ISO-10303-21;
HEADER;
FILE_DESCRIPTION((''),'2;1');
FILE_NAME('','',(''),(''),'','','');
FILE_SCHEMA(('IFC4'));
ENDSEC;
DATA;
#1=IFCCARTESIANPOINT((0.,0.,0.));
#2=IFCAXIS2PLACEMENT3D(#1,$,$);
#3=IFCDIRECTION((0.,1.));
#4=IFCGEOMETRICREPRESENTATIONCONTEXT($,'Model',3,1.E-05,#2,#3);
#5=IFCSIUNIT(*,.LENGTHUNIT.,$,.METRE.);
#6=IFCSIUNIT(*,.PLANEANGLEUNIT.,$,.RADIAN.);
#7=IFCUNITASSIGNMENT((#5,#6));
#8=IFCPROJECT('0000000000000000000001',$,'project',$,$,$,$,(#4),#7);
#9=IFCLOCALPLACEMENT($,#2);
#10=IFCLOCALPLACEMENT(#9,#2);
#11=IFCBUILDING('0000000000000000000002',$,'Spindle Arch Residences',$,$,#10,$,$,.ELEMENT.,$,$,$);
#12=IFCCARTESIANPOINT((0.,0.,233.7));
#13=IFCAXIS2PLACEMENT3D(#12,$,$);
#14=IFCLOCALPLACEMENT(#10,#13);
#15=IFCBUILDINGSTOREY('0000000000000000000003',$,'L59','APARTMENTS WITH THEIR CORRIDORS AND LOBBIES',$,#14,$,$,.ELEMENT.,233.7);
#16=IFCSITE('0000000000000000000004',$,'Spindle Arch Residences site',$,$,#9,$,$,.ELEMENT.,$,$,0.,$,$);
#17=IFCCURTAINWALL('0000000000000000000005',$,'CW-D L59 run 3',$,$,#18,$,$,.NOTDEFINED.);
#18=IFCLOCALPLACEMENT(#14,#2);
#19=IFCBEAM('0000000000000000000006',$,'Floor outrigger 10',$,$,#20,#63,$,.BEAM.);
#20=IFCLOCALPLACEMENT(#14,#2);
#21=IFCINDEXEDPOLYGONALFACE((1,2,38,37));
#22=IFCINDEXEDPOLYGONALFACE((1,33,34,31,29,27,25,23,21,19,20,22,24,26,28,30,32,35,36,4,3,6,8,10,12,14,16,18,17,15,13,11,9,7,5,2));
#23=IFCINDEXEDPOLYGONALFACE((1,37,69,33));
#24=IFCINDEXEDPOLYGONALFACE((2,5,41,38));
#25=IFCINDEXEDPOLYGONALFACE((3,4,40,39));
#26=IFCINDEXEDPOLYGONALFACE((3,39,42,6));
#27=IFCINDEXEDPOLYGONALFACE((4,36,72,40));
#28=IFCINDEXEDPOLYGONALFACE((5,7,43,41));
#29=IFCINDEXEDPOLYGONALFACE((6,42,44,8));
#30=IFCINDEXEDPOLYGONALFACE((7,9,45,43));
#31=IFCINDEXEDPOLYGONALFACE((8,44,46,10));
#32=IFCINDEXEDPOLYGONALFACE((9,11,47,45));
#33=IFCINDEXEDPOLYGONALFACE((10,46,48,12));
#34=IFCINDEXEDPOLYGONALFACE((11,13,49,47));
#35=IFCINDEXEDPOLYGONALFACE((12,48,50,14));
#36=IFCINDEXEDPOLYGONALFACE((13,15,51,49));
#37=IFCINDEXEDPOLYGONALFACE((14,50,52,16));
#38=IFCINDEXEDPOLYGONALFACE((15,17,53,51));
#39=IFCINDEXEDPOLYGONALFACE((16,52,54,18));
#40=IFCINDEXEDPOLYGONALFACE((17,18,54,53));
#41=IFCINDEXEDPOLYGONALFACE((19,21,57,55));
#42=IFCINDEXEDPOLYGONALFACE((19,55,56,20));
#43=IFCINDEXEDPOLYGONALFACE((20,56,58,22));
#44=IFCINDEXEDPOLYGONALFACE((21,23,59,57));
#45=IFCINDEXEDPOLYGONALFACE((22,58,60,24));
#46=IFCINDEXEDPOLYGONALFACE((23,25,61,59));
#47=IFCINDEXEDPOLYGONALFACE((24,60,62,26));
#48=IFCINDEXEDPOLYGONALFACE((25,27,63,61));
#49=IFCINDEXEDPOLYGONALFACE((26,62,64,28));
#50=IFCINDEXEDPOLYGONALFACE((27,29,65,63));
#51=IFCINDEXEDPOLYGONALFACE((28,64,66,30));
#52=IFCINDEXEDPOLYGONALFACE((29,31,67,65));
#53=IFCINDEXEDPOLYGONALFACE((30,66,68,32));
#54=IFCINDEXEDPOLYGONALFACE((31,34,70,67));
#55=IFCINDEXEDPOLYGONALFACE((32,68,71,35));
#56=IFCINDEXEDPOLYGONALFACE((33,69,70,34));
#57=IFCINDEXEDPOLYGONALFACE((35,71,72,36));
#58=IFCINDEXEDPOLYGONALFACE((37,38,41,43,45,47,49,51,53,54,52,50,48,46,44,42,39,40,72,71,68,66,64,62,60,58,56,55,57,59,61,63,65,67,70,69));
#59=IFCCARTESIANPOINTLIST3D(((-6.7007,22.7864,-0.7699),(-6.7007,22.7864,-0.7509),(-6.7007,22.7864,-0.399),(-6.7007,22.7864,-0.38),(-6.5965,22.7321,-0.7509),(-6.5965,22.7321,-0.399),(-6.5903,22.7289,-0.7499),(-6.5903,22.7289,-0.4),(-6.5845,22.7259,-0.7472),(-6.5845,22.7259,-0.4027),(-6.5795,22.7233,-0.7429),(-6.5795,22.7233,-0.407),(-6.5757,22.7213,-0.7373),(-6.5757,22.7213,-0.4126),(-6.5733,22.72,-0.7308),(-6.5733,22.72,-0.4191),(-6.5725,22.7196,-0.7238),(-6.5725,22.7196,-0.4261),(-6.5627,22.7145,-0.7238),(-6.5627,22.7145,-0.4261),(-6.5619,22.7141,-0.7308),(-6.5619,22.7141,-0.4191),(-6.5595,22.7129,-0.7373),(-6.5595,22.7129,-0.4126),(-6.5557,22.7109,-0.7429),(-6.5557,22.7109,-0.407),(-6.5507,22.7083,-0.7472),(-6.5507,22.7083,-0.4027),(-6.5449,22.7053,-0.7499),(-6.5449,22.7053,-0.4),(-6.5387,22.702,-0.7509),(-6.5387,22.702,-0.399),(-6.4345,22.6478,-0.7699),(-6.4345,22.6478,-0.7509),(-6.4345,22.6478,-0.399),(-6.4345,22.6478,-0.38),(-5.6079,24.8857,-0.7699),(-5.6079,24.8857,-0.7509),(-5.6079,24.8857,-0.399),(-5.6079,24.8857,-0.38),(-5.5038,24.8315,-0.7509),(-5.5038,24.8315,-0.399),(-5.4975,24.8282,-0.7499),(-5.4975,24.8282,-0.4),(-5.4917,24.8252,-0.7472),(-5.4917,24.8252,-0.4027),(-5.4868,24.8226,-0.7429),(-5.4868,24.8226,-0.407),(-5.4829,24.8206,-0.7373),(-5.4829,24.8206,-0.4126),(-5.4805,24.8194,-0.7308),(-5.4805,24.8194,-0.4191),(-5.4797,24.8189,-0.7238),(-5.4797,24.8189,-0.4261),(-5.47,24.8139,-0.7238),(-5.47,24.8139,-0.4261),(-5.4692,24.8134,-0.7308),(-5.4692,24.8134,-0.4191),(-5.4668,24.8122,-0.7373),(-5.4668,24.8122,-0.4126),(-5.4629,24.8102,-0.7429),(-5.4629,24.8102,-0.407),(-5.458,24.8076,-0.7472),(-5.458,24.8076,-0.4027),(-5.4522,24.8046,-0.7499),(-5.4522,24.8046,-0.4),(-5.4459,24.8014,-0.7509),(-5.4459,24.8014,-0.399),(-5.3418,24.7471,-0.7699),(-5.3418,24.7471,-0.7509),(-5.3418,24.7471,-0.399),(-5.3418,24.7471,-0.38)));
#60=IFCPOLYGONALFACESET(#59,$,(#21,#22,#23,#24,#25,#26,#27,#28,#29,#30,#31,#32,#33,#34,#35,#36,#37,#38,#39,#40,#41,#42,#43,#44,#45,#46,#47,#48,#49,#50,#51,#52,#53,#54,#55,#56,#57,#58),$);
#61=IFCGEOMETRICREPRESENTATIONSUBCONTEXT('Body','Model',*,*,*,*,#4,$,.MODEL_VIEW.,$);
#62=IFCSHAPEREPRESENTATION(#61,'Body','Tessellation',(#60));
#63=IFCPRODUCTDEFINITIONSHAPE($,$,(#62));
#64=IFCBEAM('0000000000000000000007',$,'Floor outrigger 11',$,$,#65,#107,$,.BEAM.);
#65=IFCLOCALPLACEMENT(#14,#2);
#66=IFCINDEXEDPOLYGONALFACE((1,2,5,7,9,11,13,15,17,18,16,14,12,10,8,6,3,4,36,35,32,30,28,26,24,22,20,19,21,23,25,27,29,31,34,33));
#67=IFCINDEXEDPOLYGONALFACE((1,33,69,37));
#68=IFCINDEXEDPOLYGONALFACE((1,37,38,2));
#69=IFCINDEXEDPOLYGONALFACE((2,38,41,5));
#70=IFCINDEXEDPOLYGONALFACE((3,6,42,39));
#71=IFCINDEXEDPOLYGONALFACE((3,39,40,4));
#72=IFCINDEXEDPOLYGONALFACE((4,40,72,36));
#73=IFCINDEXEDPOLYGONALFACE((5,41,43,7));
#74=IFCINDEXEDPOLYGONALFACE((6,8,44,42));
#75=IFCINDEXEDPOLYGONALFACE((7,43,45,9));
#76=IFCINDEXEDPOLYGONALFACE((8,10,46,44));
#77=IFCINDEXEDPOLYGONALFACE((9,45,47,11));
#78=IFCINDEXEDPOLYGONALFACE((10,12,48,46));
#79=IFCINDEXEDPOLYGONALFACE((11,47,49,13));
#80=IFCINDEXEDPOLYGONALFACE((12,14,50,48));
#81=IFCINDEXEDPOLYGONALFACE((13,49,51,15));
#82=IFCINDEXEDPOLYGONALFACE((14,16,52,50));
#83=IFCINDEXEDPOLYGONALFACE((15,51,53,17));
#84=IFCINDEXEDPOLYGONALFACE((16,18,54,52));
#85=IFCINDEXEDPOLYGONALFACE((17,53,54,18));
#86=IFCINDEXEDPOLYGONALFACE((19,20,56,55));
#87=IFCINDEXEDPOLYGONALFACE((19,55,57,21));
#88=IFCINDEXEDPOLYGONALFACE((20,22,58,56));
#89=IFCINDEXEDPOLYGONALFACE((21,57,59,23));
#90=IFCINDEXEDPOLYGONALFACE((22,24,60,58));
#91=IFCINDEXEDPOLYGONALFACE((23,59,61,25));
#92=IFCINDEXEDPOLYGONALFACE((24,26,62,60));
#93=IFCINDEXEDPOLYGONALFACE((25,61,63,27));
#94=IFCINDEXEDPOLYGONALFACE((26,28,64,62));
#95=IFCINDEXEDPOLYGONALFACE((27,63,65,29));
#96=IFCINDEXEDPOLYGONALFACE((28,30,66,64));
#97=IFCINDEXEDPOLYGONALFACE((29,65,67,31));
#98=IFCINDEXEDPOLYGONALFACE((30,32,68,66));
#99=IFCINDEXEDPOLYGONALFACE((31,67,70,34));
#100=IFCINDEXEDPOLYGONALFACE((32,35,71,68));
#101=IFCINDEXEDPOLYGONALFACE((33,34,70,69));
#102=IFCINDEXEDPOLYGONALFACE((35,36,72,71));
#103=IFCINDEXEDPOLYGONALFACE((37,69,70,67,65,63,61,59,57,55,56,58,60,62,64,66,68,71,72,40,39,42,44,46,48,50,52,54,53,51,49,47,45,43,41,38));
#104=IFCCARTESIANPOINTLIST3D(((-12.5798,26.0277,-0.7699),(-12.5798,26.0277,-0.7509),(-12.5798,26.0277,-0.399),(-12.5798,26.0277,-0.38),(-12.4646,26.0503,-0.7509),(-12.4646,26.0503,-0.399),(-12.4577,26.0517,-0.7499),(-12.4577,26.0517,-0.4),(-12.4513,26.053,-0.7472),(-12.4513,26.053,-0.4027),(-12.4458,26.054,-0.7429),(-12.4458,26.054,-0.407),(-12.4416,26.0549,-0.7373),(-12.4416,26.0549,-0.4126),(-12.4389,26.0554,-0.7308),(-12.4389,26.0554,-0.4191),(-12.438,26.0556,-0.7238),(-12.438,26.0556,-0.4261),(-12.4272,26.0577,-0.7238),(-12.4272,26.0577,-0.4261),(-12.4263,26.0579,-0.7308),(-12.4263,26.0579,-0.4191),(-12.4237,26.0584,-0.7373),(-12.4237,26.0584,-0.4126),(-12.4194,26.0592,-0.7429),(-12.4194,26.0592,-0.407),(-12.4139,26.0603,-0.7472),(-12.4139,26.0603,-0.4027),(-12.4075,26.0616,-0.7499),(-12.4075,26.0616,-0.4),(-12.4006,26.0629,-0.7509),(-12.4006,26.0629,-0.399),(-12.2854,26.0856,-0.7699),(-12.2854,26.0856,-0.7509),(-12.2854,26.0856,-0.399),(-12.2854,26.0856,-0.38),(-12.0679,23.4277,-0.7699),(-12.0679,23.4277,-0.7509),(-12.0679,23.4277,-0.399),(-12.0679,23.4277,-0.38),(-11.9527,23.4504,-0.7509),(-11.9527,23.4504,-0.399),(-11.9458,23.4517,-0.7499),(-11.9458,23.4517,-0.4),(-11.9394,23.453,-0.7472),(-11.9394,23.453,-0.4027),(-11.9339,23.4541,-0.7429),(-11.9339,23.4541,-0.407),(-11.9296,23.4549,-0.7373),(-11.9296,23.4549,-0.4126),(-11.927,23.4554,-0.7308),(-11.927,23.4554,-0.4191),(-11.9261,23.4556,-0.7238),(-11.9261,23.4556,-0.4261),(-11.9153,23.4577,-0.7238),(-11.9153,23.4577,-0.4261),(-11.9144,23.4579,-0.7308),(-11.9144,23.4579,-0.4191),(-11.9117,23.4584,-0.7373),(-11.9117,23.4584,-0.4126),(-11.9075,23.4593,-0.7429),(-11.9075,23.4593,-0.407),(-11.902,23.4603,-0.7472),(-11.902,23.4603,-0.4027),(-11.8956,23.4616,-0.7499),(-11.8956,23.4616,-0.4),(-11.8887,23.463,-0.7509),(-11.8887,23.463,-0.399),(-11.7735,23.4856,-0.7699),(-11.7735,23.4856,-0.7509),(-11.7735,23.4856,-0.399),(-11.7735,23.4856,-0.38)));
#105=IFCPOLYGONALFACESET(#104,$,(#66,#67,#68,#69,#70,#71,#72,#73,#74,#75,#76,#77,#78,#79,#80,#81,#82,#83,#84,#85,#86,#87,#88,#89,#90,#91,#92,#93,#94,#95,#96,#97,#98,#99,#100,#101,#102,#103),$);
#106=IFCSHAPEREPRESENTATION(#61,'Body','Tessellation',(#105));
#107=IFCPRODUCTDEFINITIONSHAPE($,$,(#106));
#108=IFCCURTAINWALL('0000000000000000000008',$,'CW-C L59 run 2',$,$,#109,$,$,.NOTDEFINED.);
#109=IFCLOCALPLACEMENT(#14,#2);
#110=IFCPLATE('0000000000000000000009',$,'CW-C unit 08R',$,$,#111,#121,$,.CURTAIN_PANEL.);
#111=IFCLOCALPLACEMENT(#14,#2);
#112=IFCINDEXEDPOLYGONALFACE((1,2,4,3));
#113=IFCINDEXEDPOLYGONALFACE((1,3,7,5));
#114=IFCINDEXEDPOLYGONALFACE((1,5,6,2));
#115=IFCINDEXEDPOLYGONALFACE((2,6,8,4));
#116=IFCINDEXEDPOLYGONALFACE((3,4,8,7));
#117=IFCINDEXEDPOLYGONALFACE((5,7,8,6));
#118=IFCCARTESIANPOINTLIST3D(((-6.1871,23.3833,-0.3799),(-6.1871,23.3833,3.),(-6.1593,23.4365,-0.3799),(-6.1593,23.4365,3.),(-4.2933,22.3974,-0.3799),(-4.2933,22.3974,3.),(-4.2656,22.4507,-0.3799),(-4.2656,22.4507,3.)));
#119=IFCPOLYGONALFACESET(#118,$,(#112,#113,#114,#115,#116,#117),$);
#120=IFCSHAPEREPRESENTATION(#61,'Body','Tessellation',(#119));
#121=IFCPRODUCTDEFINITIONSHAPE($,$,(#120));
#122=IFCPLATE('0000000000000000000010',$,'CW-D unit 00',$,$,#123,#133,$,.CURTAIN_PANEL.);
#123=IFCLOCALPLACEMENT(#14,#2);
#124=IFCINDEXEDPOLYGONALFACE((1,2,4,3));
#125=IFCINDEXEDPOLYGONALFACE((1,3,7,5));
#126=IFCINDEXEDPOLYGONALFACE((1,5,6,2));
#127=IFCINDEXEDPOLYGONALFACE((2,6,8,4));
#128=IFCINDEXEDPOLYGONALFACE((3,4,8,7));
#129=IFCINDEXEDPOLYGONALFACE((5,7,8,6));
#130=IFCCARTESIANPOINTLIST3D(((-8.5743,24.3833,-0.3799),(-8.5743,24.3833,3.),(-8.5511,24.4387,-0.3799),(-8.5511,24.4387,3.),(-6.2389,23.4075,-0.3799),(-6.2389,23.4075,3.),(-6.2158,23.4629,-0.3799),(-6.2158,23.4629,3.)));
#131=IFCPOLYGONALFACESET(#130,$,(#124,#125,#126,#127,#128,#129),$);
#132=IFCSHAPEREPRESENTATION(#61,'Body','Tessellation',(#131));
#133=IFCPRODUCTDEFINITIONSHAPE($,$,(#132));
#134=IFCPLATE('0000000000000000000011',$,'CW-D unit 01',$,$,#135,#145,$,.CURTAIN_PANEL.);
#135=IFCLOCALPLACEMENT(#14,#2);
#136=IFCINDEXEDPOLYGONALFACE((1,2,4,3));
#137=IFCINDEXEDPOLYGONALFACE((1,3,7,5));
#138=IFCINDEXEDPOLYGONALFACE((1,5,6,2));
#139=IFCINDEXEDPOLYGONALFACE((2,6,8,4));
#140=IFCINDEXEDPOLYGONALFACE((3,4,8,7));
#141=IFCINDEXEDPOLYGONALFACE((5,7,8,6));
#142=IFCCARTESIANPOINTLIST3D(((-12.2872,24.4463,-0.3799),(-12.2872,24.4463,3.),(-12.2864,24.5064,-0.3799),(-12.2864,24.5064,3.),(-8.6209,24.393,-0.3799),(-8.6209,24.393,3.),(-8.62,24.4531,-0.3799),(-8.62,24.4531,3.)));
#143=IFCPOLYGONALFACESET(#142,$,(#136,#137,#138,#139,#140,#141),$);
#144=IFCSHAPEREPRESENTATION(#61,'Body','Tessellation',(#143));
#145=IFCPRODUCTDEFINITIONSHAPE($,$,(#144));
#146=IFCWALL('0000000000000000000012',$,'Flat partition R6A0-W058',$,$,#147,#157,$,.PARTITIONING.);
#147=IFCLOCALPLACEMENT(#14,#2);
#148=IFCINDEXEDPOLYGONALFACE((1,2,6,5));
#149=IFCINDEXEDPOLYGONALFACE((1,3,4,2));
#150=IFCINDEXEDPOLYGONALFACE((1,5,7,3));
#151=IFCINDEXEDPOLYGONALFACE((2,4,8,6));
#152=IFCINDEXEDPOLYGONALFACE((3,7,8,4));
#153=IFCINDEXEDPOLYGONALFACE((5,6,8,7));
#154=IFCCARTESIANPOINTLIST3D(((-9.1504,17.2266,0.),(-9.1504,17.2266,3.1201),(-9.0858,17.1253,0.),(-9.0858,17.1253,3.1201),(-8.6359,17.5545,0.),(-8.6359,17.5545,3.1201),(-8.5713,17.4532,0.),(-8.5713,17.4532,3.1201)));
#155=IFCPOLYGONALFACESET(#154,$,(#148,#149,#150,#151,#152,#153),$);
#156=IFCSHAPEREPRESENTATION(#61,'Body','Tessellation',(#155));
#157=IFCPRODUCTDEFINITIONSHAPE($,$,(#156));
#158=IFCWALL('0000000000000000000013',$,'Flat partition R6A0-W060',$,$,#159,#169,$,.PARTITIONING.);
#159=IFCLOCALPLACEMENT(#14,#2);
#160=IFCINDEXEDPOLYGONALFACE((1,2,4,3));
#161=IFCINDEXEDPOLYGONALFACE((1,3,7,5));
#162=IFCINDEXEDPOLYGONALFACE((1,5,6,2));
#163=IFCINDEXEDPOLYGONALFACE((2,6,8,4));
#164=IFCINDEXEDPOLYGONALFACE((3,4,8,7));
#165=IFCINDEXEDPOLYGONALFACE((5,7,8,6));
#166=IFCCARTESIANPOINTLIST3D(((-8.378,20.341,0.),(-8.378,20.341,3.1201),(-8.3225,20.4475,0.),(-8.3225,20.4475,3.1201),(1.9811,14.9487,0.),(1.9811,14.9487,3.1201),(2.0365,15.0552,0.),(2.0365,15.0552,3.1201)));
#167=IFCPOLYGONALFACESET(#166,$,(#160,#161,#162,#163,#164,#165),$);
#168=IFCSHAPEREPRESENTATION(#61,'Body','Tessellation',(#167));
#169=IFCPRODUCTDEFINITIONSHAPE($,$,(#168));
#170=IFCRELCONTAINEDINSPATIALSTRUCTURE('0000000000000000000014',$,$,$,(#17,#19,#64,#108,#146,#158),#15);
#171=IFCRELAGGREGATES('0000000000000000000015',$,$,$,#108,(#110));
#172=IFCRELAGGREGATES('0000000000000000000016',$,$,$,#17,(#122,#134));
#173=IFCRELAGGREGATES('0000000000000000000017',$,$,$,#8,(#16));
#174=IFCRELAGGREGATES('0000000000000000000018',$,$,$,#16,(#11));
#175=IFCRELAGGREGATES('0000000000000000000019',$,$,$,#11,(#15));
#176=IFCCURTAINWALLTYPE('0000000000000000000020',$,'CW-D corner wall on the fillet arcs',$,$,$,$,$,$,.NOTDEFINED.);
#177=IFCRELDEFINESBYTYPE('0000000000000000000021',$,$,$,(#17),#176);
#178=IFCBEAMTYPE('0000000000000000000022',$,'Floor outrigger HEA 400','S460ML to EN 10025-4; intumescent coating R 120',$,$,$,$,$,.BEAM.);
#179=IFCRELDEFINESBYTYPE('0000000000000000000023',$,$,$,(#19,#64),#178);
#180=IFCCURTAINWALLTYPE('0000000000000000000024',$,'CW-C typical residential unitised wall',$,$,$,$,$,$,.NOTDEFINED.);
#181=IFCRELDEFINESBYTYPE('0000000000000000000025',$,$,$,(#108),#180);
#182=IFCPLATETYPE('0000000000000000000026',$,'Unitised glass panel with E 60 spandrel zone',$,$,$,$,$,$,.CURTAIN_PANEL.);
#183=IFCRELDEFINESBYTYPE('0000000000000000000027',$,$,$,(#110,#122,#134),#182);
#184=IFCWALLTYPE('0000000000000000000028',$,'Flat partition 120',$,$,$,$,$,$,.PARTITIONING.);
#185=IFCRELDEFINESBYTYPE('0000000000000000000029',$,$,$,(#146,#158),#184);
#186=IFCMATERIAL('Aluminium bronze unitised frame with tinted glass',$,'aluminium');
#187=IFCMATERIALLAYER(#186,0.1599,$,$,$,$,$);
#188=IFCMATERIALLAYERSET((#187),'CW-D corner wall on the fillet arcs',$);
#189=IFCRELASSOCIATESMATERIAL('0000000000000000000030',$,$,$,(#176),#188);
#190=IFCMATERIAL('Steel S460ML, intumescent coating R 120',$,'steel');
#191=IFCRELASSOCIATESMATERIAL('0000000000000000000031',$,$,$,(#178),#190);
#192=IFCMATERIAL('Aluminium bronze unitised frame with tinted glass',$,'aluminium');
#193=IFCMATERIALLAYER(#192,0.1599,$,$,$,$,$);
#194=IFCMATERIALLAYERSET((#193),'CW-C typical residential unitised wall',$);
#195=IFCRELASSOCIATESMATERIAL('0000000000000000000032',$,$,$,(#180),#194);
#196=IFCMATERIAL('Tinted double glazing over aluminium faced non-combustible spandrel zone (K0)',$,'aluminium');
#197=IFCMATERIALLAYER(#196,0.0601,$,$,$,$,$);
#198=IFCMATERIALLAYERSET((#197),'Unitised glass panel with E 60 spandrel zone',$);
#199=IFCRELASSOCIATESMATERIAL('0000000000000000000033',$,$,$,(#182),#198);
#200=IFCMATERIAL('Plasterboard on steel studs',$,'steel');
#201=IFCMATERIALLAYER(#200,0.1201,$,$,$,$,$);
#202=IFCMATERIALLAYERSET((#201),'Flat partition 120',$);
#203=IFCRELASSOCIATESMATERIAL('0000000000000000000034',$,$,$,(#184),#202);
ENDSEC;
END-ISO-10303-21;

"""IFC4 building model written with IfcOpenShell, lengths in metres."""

from ifc_helpers import new_model, si_unit, direction, frame, frame_2d, origin, origin_2d, place, context, subcontext, project, spatial, rectangle, i_section, extrude, material, layer, layer_set, material_profile, profile_set, type_object, element, aggregate, save


model = new_model("IFC4")

# Units and contexts
model_context = context("Model", 3, precision=1e-05, world=origin(), true_north=direction((0.0, 1.0)))
body_context = subcontext(model_context, "Body", "Model", "MODEL_VIEW")
ifc_project = project(units=[si_unit("LENGTHUNIT", "METRE"), si_unit("PLANEANGLEUNIT", "RADIAN")], contexts=[model_context])

# Site, building, storey
site_placement = place(None, origin())
site = spatial("IfcSite", under=ifc_project, at=site_placement, Name="Spindle Arch Residences site", CompositionType="ELEMENT", RefElevation=0.0)
building_placement = place(site_placement, origin())
building = spatial("IfcBuilding", under=site, at=building_placement, Name="Spindle Arch Residences", CompositionType="ELEMENT")
storey_placement = place(building_placement, frame((0.0, 0.0, 233.7)))
storey = spatial("IfcBuildingStorey", under=building, at=storey_placement, Name="L59", Description="APARTMENTS WITH THEIR CORRIDORS AND LOBBIES", CompositionType="ELEMENT", Elevation=233.7)

# Curtain wall
ifc_material_1 = material(Name="Aluminium bronze unitised frame with tinted glass", Category="aluminium")
ifc_layer_1 = layer(ifc_material_1, 0.1599)
ifc_layer_set_1 = layer_set([ifc_layer_1], Name="CW-D corner wall on the fillet arcs")
curtain_wall_type_1 = type_object("IfcCurtainWallType", Name="CW-D corner wall on the fillet arcs", PredefinedType="NOTDEFINED", material=ifc_layer_set_1)
curtain_wall_1_placement = place(storey_placement, origin())
curtain_wall_1 = element("IfcCurtainWall", 1, at=curtain_wall_1_placement, inside=storey, type_object=curtain_wall_type_1, Name="CW-D L59 run 3", PredefinedType="NOTDEFINED")

# Beams
ifc_material_2 = material(Name="Steel S460ML, intumescent coating R 120", Category="steel")
ifc_material_profile_1 = material_profile(ifc_material_2, i_section(OverallWidth=0.3, OverallDepth=0.3899, WebThickness=0.011, FlangeThickness=0.019, FilletRadius=0.0271, at=origin_2d()), Name="HEA 400")
ifc_profile_set_1 = profile_set([ifc_material_profile_1], Name="Steel S460ML, intumescent coating R 120")
beam_type_1 = type_object("IfcBeamType", Name="Floor outrigger HEA 400", Description="S460ML to EN 10025-4; intumescent coating R 120", PredefinedType="BEAM", material=ifc_profile_set_1)
beam_1_placement = place(storey_placement, frame((-5.4749, 24.8164, -0.575), z_axis=(-0.46172, -0.887026, 0.0), x_axis=(0.887026, -0.46172, 0.0)))
element("IfcBeam", 2, at=beam_1_placement, inside=storey, type_object=beam_type_1, Name="Floor outrigger 10", PredefinedType="BEAM", context=body_context, shape_type="SweptSolid", body=[
    extrude(i_section(OverallWidth=0.3, OverallDepth=0.3899, WebThickness=0.011, FlangeThickness=0.019, FilletRadius=0.0271, at=origin_2d()), origin(), (0.0, 0.0, 1.0), 2.3667),
])
beam_2_placement = place(storey_placement, frame((-12.4326, 26.0566, -0.575), z_axis=(0.193192, -0.981161, 0.0), x_axis=(0.981161, 0.193192, 0.0)))
element("IfcBeam", 3, at=beam_2_placement, inside=storey, type_object=beam_type_1, Name="Floor outrigger 11", PredefinedType="BEAM", context=body_context, shape_type="SweptSolid", body=[
    extrude(i_section(OverallWidth=0.3, OverallDepth=0.3899, WebThickness=0.011, FlangeThickness=0.019, FilletRadius=0.0271, at=origin_2d()), origin(), (0.0, 0.0, 1.0), 2.6499),
])

# Curtain wall, plate
ifc_material_3 = material(Name="Aluminium bronze unitised frame with tinted glass", Category="aluminium")
ifc_layer_2 = layer(ifc_material_3, 0.1599)
ifc_layer_set_2 = layer_set([ifc_layer_2], Name="CW-C typical residential unitised wall")
curtain_wall_type_2 = type_object("IfcCurtainWallType", Name="CW-C typical residential unitised wall", PredefinedType="NOTDEFINED", material=ifc_layer_set_2)
curtain_wall_2_placement = place(storey_placement, origin())
curtain_wall_2 = element("IfcCurtainWall", 4, at=curtain_wall_2_placement, inside=storey, type_object=curtain_wall_type_2, Name="CW-C L59 run 2", PredefinedType="NOTDEFINED")
ifc_material_4 = material(Name="Tinted double glazing over aluminium faced non-combustible spandrel zone (K0)", Category="aluminium")
ifc_layer_3 = layer(ifc_material_4, 0.0601)
ifc_layer_set_3 = layer_set([ifc_layer_3], Name="Unitised glass panel with E 60 spandrel zone")
plate_type = type_object("IfcPlateType", Name="Unitised glass panel with E 60 spandrel zone", PredefinedType="CURTAIN_PANEL", material=ifc_layer_set_3)
plate_1_placement = place(storey_placement, frame((-5.2263, 22.917, -0.3799), z_axis=(0.0, 0.0, 1.0), x_axis=(-0.887011, 0.461749, 0.0)))
plate_1 = element("IfcPlate", 5, at=plate_1_placement, type_object=plate_type, Name="CW-C unit 08R", PredefinedType="CURTAIN_PANEL", context=body_context, shape_type="SweptSolid", body=[
    extrude(rectangle(XDim=2.135, YDim=0.0601, at=origin_2d()), origin(), (0.0, 0.0, 1.0), 3.3799),
])
aggregate(curtain_wall_2, [plate_1])

# Plates
plate_2_placement = place(storey_placement, frame((-7.395, 23.9231, -0.3799), z_axis=(0.0, 0.0, 1.0), x_axis=(-0.922686, 0.385552, 0.0)))
plate_2 = element("IfcPlate", 6, at=plate_2_placement, type_object=plate_type, Name="CW-D unit 00", PredefinedType="CURTAIN_PANEL", context=body_context, shape_type="SweptSolid", body=[
    extrude(rectangle(XDim=2.531, YDim=0.0601, at=origin_2d()), origin(), (0.0, 0.0, 1.0), 3.3799),
])
plate_3_placement = place(storey_placement, frame((-10.4536, 24.4497, -0.3799), z_axis=(0.0, 0.0, 1.0), x_axis=(-0.999894, 0.014544, 0.0)))
plate_3 = element("IfcPlate", 7, at=plate_3_placement, type_object=plate_type, Name="CW-D unit 01", PredefinedType="CURTAIN_PANEL", context=body_context, shape_type="SweptSolid", body=[
    extrude(rectangle(XDim=3.6667, YDim=0.0601, at=origin_2d()), origin(), (0.0, 0.0, 1.0), 3.3799),
])
aggregate(curtain_wall_1, [plate_2, plate_3])

# Walls
ifc_material_5 = material(Name="Plasterboard on steel studs", Category="steel")
ifc_layer_4 = layer(ifc_material_5, 0.1201)
ifc_layer_set_4 = layer_set([ifc_layer_4], Name="Flat partition 120")
wall_type_1 = type_object("IfcWallType", Name="Flat partition 120", PredefinedType="PARTITIONING", material=ifc_layer_set_4)
wall_1_placement = place(storey_placement, frame((-8.6035, 17.5039, 0.0), z_axis=(0.0, 0.0, 1.0), x_axis=(-0.843266, -0.537497, 0.0)))
element("IfcWall", 8, at=wall_1_placement, inside=storey, type_object=wall_type_1, Name="Flat partition R6A0-W058", PredefinedType="PARTITIONING", context=body_context, shape_type="SweptSolid", body=[
    extrude(rectangle(XDim=0.6101, YDim=0.1201, at=frame_2d((0.3052, 0.0))), origin(), (0.0, 0.0, 1.0), 3.1201),
])
wall_2_placement = place(storey_placement, frame((-8.3503, 20.3943, 0.0), z_axis=(0.0, 0.0, 1.0), x_axis=(0.887021, -0.461729, 0.0)))
element("IfcWall", 9, at=wall_2_placement, inside=storey, type_object=wall_type_1, Name="Flat partition R6A0-W060", PredefinedType="PARTITIONING", context=body_context, shape_type="SweptSolid", body=[
    extrude(rectangle(XDim=11.6785, YDim=0.1201, at=frame_2d((5.8394, 0.0))), origin(), (0.0, 0.0, 1.0), 3.1201),
])

save(model, "model.ifc")
